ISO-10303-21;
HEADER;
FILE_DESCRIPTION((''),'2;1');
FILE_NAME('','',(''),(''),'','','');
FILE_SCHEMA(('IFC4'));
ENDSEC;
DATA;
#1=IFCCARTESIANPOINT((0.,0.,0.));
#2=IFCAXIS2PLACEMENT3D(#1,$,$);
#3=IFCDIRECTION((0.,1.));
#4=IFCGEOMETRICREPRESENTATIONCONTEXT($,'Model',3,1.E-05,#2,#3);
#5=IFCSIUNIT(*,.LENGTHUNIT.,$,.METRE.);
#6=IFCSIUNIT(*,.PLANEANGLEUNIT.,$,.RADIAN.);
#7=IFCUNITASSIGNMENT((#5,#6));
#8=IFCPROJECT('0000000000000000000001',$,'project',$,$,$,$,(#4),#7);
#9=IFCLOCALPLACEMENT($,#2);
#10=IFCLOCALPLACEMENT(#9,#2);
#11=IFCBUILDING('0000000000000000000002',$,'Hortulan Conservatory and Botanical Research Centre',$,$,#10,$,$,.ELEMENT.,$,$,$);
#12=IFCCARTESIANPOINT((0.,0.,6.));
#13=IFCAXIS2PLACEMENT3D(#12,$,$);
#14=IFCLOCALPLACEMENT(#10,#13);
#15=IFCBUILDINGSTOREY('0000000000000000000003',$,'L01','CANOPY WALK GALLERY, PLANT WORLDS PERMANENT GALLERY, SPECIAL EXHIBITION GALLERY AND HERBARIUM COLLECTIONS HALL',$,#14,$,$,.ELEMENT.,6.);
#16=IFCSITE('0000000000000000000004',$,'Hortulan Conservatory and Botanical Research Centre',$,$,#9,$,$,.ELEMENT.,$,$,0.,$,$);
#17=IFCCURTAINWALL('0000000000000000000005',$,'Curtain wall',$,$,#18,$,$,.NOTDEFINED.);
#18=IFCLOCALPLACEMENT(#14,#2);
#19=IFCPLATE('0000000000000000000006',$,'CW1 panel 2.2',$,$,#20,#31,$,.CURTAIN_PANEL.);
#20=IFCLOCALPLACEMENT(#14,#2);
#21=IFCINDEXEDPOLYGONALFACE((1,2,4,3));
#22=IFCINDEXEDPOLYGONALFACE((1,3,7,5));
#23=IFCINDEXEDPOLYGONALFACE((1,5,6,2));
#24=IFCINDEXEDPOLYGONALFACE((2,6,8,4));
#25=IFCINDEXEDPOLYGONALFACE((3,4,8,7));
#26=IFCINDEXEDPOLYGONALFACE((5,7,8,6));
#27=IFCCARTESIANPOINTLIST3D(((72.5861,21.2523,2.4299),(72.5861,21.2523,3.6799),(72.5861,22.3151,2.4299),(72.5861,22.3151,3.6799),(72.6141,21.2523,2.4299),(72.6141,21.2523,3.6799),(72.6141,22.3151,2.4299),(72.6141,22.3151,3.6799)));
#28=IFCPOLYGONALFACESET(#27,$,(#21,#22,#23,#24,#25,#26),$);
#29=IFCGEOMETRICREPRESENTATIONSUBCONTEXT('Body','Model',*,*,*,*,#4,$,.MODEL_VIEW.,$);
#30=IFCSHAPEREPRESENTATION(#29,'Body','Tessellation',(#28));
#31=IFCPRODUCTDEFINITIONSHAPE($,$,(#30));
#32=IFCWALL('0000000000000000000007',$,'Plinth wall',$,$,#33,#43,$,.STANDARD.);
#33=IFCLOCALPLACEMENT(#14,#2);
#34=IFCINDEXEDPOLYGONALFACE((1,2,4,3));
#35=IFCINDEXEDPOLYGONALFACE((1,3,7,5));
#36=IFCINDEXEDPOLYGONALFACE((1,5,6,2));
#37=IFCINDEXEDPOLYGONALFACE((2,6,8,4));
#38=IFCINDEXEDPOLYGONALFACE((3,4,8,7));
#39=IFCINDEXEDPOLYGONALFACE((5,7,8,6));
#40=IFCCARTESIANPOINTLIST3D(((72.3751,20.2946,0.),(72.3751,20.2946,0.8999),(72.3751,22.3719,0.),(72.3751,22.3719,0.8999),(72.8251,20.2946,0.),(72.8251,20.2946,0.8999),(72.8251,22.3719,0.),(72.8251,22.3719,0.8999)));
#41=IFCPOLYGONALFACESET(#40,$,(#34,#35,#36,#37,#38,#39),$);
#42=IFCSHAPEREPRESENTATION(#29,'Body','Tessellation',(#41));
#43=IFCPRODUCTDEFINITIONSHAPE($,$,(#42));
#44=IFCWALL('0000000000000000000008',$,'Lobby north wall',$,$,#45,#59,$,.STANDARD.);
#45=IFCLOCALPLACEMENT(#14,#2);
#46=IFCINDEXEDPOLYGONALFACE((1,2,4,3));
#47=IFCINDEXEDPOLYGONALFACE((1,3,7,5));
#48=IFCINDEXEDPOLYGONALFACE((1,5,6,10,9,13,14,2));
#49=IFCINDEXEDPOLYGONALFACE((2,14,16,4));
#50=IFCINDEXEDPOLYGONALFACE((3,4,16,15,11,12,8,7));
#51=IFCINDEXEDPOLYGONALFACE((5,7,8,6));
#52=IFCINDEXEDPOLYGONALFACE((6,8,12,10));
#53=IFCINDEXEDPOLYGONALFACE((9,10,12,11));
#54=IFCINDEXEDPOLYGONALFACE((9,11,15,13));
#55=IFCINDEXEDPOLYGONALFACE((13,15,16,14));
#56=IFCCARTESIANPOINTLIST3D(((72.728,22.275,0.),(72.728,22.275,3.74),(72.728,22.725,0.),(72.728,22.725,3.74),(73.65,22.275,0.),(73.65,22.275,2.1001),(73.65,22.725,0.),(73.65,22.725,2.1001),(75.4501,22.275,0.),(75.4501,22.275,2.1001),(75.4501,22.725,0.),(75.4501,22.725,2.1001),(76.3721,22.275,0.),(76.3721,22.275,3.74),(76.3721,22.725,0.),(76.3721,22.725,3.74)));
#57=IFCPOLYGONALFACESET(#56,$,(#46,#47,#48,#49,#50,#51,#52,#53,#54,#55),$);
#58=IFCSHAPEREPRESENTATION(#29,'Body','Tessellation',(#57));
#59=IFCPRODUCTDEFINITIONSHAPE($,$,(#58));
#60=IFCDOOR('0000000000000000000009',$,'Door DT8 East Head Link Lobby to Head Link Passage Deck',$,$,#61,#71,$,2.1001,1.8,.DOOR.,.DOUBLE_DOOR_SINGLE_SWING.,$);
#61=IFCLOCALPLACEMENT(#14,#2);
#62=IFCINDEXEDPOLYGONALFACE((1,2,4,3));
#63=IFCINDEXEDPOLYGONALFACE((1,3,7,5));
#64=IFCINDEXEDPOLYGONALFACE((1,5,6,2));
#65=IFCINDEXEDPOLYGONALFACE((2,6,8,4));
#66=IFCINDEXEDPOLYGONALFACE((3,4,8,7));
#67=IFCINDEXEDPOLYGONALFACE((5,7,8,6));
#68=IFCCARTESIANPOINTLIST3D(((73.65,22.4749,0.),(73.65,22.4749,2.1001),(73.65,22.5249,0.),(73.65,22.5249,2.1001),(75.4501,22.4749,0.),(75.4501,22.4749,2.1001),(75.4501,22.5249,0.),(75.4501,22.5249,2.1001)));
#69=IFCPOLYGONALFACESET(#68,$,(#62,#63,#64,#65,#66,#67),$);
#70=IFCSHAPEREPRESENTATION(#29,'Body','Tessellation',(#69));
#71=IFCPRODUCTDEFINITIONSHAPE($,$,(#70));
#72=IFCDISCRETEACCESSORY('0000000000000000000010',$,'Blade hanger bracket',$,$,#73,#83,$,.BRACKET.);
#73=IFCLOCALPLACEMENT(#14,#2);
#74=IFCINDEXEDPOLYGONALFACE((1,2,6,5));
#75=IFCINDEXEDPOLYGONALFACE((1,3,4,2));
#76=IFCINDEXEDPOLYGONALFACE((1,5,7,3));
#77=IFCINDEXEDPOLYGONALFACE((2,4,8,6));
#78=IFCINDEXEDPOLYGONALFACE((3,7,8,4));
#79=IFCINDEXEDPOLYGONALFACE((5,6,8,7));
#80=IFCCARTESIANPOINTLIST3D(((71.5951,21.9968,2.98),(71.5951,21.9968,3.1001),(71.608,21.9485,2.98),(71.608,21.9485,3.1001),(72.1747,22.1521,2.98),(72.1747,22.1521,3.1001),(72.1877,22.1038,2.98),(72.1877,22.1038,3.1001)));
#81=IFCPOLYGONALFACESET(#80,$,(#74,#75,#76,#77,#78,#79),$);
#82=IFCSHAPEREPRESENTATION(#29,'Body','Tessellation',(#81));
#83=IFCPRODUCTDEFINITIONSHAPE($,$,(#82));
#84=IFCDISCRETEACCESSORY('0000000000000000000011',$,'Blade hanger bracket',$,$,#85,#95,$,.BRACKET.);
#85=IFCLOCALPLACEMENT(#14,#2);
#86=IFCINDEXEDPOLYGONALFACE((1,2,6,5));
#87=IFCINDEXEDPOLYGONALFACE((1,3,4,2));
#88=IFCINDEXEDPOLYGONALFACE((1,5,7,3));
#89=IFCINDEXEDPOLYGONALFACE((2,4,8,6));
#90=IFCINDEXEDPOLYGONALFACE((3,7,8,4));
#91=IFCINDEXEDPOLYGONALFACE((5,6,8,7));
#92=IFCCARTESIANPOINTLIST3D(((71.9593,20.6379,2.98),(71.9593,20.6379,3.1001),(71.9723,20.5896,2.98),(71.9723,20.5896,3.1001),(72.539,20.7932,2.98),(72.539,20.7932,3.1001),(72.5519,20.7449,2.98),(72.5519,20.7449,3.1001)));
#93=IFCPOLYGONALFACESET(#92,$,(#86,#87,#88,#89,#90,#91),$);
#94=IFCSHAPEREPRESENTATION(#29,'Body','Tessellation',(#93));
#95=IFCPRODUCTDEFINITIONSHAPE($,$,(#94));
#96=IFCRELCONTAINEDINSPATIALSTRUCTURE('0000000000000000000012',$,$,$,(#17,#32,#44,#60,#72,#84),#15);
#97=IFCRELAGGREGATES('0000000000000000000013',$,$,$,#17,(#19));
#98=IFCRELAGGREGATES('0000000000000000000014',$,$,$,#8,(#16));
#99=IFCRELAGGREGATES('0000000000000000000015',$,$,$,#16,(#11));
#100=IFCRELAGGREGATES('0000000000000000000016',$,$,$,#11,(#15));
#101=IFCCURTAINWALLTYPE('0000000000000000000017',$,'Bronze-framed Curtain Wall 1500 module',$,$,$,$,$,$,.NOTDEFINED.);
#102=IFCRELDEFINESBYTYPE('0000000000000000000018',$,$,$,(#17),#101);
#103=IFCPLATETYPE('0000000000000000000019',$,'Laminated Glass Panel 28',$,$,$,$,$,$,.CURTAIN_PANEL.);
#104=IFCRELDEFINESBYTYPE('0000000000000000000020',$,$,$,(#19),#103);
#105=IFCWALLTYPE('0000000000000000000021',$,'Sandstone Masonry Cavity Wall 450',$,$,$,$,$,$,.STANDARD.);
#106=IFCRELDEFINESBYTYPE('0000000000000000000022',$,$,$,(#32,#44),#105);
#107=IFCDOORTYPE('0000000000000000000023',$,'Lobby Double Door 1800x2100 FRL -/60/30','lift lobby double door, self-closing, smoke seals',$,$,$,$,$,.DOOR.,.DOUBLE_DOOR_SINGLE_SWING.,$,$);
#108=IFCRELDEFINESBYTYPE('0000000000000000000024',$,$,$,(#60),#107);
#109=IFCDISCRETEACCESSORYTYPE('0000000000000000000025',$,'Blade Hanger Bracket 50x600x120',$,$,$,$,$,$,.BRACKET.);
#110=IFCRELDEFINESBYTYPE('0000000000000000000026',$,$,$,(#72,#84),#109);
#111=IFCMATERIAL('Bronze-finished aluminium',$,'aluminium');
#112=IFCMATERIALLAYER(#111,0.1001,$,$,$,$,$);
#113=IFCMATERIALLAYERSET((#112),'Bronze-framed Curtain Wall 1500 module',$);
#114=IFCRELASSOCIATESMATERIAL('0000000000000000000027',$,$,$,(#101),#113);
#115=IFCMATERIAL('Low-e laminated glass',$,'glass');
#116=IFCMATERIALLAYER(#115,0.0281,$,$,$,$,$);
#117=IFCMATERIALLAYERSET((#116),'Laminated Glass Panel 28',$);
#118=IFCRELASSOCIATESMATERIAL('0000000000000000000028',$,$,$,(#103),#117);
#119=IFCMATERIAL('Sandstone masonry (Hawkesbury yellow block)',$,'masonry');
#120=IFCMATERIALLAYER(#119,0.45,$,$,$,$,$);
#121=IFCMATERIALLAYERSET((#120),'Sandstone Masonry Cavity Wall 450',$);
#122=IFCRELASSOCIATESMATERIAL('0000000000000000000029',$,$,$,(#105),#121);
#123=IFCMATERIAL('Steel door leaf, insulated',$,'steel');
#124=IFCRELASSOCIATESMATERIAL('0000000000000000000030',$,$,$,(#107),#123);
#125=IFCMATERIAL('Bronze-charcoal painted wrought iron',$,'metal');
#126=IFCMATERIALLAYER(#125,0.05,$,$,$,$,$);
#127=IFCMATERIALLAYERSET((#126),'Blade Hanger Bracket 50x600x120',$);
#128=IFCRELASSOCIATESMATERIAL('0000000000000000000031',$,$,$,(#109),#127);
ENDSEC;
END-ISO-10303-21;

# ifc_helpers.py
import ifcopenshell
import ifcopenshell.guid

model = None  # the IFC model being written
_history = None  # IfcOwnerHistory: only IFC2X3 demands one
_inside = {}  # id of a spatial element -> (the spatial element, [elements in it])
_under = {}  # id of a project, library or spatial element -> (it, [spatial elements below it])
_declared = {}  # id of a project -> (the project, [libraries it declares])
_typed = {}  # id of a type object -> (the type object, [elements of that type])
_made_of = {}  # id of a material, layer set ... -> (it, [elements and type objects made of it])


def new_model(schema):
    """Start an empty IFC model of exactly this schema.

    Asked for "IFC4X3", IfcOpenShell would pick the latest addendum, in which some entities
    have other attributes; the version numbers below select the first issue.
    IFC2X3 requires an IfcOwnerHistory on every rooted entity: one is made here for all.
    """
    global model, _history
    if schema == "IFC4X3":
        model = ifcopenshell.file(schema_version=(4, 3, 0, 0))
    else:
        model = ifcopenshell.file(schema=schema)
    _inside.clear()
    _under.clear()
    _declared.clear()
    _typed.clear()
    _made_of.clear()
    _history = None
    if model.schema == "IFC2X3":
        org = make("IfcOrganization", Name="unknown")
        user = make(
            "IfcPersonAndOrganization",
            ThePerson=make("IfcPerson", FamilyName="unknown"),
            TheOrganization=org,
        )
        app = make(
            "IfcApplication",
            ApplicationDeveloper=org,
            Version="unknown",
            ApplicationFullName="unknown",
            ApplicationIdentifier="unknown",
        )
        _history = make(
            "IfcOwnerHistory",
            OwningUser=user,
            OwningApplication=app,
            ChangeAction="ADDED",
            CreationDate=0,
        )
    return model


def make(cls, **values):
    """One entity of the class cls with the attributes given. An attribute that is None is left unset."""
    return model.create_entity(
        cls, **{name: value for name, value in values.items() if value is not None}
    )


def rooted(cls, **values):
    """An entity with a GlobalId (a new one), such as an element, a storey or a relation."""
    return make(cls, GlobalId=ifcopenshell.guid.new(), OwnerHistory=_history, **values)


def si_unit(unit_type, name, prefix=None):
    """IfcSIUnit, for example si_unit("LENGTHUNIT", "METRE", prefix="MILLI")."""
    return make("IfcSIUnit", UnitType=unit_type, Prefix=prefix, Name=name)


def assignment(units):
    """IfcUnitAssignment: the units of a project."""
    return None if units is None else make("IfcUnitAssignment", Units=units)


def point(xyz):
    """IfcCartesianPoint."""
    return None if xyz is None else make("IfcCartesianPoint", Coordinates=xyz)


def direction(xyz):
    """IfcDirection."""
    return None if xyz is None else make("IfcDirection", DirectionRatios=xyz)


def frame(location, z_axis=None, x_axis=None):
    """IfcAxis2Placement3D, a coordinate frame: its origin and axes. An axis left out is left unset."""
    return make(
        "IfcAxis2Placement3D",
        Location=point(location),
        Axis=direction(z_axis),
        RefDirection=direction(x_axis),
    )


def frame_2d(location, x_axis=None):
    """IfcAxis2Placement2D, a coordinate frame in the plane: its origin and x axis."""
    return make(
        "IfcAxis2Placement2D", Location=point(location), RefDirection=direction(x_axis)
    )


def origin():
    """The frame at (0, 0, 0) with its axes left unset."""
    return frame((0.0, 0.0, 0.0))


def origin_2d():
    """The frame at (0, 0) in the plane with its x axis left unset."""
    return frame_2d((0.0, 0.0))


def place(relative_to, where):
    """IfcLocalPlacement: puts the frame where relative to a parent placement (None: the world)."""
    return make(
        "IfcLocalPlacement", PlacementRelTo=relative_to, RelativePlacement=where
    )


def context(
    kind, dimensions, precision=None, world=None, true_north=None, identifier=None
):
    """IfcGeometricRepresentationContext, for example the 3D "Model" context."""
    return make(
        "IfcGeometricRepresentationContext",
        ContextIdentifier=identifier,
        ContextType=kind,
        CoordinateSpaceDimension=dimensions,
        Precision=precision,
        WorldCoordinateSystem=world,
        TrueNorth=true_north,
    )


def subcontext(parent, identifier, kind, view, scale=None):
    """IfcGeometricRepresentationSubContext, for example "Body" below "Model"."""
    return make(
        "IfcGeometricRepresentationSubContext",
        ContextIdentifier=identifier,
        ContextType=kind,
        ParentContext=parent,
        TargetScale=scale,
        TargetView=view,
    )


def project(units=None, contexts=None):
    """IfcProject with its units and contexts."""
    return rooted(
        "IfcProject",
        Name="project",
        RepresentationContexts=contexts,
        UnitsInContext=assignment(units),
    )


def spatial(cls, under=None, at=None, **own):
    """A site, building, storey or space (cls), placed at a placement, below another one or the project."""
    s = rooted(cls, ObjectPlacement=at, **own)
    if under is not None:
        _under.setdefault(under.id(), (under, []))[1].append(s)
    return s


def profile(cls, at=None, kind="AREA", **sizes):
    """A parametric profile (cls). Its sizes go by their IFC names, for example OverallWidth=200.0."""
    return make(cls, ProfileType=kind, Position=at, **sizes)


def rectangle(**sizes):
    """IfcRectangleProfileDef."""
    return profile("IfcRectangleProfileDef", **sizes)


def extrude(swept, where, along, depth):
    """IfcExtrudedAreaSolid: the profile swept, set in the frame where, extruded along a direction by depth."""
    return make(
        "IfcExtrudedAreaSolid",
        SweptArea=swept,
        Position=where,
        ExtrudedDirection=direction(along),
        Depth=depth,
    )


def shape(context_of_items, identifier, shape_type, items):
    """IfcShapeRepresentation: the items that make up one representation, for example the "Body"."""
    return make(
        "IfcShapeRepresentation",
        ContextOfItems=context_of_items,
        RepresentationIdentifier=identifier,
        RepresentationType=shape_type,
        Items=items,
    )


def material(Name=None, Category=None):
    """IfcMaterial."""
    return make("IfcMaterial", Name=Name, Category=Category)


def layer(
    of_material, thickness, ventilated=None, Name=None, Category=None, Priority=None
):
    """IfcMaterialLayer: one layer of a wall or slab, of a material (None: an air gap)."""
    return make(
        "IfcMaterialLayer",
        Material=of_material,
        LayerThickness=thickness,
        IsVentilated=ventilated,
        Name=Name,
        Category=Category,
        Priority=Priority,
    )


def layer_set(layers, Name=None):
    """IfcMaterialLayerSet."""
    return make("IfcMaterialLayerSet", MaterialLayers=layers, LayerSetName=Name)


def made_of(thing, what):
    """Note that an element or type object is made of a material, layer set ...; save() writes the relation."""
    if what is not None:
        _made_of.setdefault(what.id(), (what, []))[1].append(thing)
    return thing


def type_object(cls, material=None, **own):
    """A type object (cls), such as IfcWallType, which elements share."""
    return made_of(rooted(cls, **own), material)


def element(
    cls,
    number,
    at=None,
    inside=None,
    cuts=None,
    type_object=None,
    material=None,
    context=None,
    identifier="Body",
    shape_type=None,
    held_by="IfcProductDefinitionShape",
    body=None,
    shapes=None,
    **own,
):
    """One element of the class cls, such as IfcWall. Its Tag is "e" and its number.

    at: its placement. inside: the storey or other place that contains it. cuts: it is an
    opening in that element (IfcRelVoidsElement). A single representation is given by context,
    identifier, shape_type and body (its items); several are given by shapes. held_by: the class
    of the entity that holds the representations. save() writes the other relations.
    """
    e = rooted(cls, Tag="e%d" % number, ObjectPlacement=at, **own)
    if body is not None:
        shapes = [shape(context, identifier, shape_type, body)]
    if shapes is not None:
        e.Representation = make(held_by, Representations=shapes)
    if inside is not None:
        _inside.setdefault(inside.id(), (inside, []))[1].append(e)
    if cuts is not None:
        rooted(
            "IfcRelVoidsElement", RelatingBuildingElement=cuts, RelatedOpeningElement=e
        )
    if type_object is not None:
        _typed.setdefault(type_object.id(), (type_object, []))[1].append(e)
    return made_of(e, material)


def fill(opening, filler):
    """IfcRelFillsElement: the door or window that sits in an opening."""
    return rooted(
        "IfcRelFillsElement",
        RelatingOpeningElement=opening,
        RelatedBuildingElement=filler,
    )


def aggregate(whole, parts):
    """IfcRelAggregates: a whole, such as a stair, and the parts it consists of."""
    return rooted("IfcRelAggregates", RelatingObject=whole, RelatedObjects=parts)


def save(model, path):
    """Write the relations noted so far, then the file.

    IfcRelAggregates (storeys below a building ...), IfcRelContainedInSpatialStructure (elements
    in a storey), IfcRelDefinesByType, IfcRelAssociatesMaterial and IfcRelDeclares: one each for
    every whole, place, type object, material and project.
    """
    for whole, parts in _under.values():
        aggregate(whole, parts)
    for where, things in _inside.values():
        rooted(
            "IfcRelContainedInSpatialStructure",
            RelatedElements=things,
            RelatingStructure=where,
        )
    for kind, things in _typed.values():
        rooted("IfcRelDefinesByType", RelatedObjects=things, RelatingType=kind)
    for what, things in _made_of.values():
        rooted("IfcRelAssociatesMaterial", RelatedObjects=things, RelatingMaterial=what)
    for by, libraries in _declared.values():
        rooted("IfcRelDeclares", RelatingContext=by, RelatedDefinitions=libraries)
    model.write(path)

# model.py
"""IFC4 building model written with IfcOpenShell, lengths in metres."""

from ifc_helpers import new_model, si_unit, direction, frame, frame_2d, origin, origin_2d, place, context, subcontext, project, spatial, rectangle, extrude, material, layer, layer_set, type_object, element, fill, aggregate, save


model = new_model("IFC4")

# Units and contexts
model_context = context("Model", 3, precision=1e-05, world=origin(), true_north=direction((0.0, 1.0)))
body_context = subcontext(model_context, "Body", "Model", "MODEL_VIEW")
ifc_project = project(units=[si_unit("LENGTHUNIT", "METRE"), si_unit("PLANEANGLEUNIT", "RADIAN")], contexts=[model_context])

# Site, building, storey
site_placement = place(None, origin())
site = spatial("IfcSite", under=ifc_project, at=site_placement, Name="Hortulan Conservatory and Botanical Research Centre", CompositionType="ELEMENT", RefElevation=0.0)
building_placement = place(site_placement, origin())
building = spatial("IfcBuilding", under=site, at=building_placement, Name="Hortulan Conservatory and Botanical Research Centre", CompositionType="ELEMENT")
storey_placement = place(building_placement, frame((0.0, 0.0, 6.0)))
storey = spatial("IfcBuildingStorey", under=building, at=storey_placement, Name="L01", Description="CANOPY WALK GALLERY, PLANT WORLDS PERMANENT GALLERY, SPECIAL EXHIBITION GALLERY AND HERBARIUM COLLECTIONS HALL", CompositionType="ELEMENT", Elevation=6.0)

# Curtain wall
ifc_material_1 = material(Name="Bronze-finished aluminium", Category="aluminium")
ifc_layer_1 = layer(ifc_material_1, 0.1001)
ifc_layer_set_1 = layer_set([ifc_layer_1], Name="Bronze-framed Curtain Wall 1500 module")
curtain_wall_type = type_object("IfcCurtainWallType", Name="Bronze-framed Curtain Wall 1500 module", PredefinedType="NOTDEFINED", material=ifc_layer_set_1)
curtain_wall_1_placement = place(storey_placement, origin())
curtain_wall_1 = element("IfcCurtainWall", 1, at=curtain_wall_1_placement, inside=storey, type_object=curtain_wall_type, Name="Curtain wall", PredefinedType="NOTDEFINED")

# Plate
ifc_material_2 = material(Name="Low-e laminated glass", Category="glass")
ifc_layer_2 = layer(ifc_material_2, 0.0281)
ifc_layer_set_2 = layer_set([ifc_layer_2], Name="Laminated Glass Panel 28")
plate_type = type_object("IfcPlateType", Name="Laminated Glass Panel 28", PredefinedType="CURTAIN_PANEL", material=ifc_layer_set_2)
plate_1_placement = place(storey_placement, frame((72.6001, 21.7837, 2.4299), z_axis=(0.0, 0.0, 1.0), x_axis=(0.0, 1.0, 0.0)))
plate_1 = element("IfcPlate", 2, at=plate_1_placement, type_object=plate_type, Name="CW1 panel 2.2", PredefinedType="CURTAIN_PANEL", context=body_context, shape_type="SweptSolid", body=[
    extrude(rectangle(XDim=1.0627, YDim=0.0281, at=origin_2d()), origin(), (0.0, 0.0, 1.0), 1.25),
])
aggregate(curtain_wall_1, [plate_1])

# Wall
ifc_material_3 = material(Name="Sandstone masonry (Hawkesbury yellow block)", Category="masonry")
ifc_layer_3 = layer(ifc_material_3, 0.45)
ifc_layer_set_3 = layer_set([ifc_layer_3], Name="Sandstone Masonry Cavity Wall 450")
wall_type = type_object("IfcWallType", Name="Sandstone Masonry Cavity Wall 450", PredefinedType="STANDARD", material=ifc_layer_set_3)
wall_1_placement = place(storey_placement, frame((72.6001, 20.2947, 0.0), z_axis=(0.0, 0.0, 1.0), x_axis=(0.0, 1.0, 0.0)))
element("IfcWall", 3, at=wall_1_placement, inside=storey, type_object=wall_type, Name="Plinth wall", PredefinedType="STANDARD", context=body_context, shape_type="SweptSolid", body=[
    extrude(rectangle(XDim=2.0774, YDim=0.45, at=frame_2d((1.0386, 0.0))), origin(), (0.0, 0.0, 1.0), 0.8999),
])

# Wall, opening, door
wall_2_placement = place(storey_placement, frame((72.728, 22.5, 0.0), z_axis=(0.0, 0.0, 1.0), x_axis=(1.0, 0.0, 0.0)))
wall_2 = element("IfcWall", 4, at=wall_2_placement, inside=storey, type_object=wall_type, Name="Lobby north wall", PredefinedType="STANDARD", context=body_context, shape_type="SweptSolid", body=[
    extrude(rectangle(XDim=3.644, YDim=0.45, at=frame_2d((1.822, 0.0))), origin(), (0.0, 0.0, 1.0), 3.74),
])
opening_placement = place(wall_2_placement, frame((0.9221, 0.0, 0.0)))
opening = element("IfcOpeningElement", 5, at=opening_placement, cuts=wall_2, PredefinedType="OPENING", context=body_context, shape_type="SweptSolid", body=[
    extrude(rectangle(XDim=1.8, YDim=2.1001, at=frame_2d((0.8999, 1.05))), frame((0.0, 0.2349, 0.0), z_axis=(0.0, -1.0, 0.0), x_axis=(1.0, 0.0, 0.0)), (0.0, 0.0, 1.0), 0.47),
])
ifc_material_4 = material(Name="Steel door leaf, insulated", Category="steel")
door_type = type_object("IfcDoorType", Name="Lobby Double Door 1800x2100 FRL -/60/30", Description="lift lobby double door, self-closing, smoke seals", OperationType="DOUBLE_DOOR_SINGLE_SWING", PredefinedType="DOOR", material=ifc_material_4)
door_placement = place(opening_placement, origin())
door = element("IfcDoor", 6, at=door_placement, inside=storey, type_object=door_type, Name="Door DT8 East Head Link Lobby to Head Link Passage Deck", OperationType="DOUBLE_DOOR_SINGLE_SWING", OverallHeight=2.1001, OverallWidth=1.8, PredefinedType="DOOR", context=body_context, shape_type="SweptSolid", body=[
    extrude(rectangle(XDim=1.8, YDim=2.1001, at=frame_2d((0.8999, 1.05))), frame((0.0, 0.0249, 0.0), z_axis=(0.0, -1.0, 0.0), x_axis=(1.0, 0.0, 0.0)), (0.0, 0.0, 1.0), 0.05),
])
fill(opening, door)

# Discrete accessories
ifc_material_5 = material(Name="Bronze-charcoal painted wrought iron", Category="metal")
ifc_layer_4 = layer(ifc_material_5, 0.05)
ifc_layer_set_4 = layer_set([ifc_layer_4], Name="Blade Hanger Bracket 50x600x120")
discrete_accessory_type = type_object("IfcDiscreteAccessoryType", Name="Blade Hanger Bracket 50x600x120", PredefinedType="BRACKET", material=ifc_layer_set_4)
for number, where, z_axis, x_axis, name in (
    (7, (71.8914, 22.0503, 2.98), (0.0, 0.0, 1.0), (0.258833, -0.965922, 0.0), "Blade hanger bracket"),
    (8, (72.2556, 20.6914, 2.98), (0.0, 0.0, 1.0), (0.258833, -0.965922, 0.0), "Blade hanger bracket"),
):
    element("IfcDiscreteAccessory", number, at=place(storey_placement, frame(where, z_axis=z_axis, x_axis=x_axis)), inside=storey, type_object=discrete_accessory_type, Name=name, PredefinedType="BRACKET", context=body_context, shape_type="SweptSolid", body=[
        extrude(rectangle(XDim=0.05, YDim=0.6001, at=origin_2d()), origin(), (0.0, 0.0, 1.0), 0.1201),
    ])

save(model, "model.ifc")
